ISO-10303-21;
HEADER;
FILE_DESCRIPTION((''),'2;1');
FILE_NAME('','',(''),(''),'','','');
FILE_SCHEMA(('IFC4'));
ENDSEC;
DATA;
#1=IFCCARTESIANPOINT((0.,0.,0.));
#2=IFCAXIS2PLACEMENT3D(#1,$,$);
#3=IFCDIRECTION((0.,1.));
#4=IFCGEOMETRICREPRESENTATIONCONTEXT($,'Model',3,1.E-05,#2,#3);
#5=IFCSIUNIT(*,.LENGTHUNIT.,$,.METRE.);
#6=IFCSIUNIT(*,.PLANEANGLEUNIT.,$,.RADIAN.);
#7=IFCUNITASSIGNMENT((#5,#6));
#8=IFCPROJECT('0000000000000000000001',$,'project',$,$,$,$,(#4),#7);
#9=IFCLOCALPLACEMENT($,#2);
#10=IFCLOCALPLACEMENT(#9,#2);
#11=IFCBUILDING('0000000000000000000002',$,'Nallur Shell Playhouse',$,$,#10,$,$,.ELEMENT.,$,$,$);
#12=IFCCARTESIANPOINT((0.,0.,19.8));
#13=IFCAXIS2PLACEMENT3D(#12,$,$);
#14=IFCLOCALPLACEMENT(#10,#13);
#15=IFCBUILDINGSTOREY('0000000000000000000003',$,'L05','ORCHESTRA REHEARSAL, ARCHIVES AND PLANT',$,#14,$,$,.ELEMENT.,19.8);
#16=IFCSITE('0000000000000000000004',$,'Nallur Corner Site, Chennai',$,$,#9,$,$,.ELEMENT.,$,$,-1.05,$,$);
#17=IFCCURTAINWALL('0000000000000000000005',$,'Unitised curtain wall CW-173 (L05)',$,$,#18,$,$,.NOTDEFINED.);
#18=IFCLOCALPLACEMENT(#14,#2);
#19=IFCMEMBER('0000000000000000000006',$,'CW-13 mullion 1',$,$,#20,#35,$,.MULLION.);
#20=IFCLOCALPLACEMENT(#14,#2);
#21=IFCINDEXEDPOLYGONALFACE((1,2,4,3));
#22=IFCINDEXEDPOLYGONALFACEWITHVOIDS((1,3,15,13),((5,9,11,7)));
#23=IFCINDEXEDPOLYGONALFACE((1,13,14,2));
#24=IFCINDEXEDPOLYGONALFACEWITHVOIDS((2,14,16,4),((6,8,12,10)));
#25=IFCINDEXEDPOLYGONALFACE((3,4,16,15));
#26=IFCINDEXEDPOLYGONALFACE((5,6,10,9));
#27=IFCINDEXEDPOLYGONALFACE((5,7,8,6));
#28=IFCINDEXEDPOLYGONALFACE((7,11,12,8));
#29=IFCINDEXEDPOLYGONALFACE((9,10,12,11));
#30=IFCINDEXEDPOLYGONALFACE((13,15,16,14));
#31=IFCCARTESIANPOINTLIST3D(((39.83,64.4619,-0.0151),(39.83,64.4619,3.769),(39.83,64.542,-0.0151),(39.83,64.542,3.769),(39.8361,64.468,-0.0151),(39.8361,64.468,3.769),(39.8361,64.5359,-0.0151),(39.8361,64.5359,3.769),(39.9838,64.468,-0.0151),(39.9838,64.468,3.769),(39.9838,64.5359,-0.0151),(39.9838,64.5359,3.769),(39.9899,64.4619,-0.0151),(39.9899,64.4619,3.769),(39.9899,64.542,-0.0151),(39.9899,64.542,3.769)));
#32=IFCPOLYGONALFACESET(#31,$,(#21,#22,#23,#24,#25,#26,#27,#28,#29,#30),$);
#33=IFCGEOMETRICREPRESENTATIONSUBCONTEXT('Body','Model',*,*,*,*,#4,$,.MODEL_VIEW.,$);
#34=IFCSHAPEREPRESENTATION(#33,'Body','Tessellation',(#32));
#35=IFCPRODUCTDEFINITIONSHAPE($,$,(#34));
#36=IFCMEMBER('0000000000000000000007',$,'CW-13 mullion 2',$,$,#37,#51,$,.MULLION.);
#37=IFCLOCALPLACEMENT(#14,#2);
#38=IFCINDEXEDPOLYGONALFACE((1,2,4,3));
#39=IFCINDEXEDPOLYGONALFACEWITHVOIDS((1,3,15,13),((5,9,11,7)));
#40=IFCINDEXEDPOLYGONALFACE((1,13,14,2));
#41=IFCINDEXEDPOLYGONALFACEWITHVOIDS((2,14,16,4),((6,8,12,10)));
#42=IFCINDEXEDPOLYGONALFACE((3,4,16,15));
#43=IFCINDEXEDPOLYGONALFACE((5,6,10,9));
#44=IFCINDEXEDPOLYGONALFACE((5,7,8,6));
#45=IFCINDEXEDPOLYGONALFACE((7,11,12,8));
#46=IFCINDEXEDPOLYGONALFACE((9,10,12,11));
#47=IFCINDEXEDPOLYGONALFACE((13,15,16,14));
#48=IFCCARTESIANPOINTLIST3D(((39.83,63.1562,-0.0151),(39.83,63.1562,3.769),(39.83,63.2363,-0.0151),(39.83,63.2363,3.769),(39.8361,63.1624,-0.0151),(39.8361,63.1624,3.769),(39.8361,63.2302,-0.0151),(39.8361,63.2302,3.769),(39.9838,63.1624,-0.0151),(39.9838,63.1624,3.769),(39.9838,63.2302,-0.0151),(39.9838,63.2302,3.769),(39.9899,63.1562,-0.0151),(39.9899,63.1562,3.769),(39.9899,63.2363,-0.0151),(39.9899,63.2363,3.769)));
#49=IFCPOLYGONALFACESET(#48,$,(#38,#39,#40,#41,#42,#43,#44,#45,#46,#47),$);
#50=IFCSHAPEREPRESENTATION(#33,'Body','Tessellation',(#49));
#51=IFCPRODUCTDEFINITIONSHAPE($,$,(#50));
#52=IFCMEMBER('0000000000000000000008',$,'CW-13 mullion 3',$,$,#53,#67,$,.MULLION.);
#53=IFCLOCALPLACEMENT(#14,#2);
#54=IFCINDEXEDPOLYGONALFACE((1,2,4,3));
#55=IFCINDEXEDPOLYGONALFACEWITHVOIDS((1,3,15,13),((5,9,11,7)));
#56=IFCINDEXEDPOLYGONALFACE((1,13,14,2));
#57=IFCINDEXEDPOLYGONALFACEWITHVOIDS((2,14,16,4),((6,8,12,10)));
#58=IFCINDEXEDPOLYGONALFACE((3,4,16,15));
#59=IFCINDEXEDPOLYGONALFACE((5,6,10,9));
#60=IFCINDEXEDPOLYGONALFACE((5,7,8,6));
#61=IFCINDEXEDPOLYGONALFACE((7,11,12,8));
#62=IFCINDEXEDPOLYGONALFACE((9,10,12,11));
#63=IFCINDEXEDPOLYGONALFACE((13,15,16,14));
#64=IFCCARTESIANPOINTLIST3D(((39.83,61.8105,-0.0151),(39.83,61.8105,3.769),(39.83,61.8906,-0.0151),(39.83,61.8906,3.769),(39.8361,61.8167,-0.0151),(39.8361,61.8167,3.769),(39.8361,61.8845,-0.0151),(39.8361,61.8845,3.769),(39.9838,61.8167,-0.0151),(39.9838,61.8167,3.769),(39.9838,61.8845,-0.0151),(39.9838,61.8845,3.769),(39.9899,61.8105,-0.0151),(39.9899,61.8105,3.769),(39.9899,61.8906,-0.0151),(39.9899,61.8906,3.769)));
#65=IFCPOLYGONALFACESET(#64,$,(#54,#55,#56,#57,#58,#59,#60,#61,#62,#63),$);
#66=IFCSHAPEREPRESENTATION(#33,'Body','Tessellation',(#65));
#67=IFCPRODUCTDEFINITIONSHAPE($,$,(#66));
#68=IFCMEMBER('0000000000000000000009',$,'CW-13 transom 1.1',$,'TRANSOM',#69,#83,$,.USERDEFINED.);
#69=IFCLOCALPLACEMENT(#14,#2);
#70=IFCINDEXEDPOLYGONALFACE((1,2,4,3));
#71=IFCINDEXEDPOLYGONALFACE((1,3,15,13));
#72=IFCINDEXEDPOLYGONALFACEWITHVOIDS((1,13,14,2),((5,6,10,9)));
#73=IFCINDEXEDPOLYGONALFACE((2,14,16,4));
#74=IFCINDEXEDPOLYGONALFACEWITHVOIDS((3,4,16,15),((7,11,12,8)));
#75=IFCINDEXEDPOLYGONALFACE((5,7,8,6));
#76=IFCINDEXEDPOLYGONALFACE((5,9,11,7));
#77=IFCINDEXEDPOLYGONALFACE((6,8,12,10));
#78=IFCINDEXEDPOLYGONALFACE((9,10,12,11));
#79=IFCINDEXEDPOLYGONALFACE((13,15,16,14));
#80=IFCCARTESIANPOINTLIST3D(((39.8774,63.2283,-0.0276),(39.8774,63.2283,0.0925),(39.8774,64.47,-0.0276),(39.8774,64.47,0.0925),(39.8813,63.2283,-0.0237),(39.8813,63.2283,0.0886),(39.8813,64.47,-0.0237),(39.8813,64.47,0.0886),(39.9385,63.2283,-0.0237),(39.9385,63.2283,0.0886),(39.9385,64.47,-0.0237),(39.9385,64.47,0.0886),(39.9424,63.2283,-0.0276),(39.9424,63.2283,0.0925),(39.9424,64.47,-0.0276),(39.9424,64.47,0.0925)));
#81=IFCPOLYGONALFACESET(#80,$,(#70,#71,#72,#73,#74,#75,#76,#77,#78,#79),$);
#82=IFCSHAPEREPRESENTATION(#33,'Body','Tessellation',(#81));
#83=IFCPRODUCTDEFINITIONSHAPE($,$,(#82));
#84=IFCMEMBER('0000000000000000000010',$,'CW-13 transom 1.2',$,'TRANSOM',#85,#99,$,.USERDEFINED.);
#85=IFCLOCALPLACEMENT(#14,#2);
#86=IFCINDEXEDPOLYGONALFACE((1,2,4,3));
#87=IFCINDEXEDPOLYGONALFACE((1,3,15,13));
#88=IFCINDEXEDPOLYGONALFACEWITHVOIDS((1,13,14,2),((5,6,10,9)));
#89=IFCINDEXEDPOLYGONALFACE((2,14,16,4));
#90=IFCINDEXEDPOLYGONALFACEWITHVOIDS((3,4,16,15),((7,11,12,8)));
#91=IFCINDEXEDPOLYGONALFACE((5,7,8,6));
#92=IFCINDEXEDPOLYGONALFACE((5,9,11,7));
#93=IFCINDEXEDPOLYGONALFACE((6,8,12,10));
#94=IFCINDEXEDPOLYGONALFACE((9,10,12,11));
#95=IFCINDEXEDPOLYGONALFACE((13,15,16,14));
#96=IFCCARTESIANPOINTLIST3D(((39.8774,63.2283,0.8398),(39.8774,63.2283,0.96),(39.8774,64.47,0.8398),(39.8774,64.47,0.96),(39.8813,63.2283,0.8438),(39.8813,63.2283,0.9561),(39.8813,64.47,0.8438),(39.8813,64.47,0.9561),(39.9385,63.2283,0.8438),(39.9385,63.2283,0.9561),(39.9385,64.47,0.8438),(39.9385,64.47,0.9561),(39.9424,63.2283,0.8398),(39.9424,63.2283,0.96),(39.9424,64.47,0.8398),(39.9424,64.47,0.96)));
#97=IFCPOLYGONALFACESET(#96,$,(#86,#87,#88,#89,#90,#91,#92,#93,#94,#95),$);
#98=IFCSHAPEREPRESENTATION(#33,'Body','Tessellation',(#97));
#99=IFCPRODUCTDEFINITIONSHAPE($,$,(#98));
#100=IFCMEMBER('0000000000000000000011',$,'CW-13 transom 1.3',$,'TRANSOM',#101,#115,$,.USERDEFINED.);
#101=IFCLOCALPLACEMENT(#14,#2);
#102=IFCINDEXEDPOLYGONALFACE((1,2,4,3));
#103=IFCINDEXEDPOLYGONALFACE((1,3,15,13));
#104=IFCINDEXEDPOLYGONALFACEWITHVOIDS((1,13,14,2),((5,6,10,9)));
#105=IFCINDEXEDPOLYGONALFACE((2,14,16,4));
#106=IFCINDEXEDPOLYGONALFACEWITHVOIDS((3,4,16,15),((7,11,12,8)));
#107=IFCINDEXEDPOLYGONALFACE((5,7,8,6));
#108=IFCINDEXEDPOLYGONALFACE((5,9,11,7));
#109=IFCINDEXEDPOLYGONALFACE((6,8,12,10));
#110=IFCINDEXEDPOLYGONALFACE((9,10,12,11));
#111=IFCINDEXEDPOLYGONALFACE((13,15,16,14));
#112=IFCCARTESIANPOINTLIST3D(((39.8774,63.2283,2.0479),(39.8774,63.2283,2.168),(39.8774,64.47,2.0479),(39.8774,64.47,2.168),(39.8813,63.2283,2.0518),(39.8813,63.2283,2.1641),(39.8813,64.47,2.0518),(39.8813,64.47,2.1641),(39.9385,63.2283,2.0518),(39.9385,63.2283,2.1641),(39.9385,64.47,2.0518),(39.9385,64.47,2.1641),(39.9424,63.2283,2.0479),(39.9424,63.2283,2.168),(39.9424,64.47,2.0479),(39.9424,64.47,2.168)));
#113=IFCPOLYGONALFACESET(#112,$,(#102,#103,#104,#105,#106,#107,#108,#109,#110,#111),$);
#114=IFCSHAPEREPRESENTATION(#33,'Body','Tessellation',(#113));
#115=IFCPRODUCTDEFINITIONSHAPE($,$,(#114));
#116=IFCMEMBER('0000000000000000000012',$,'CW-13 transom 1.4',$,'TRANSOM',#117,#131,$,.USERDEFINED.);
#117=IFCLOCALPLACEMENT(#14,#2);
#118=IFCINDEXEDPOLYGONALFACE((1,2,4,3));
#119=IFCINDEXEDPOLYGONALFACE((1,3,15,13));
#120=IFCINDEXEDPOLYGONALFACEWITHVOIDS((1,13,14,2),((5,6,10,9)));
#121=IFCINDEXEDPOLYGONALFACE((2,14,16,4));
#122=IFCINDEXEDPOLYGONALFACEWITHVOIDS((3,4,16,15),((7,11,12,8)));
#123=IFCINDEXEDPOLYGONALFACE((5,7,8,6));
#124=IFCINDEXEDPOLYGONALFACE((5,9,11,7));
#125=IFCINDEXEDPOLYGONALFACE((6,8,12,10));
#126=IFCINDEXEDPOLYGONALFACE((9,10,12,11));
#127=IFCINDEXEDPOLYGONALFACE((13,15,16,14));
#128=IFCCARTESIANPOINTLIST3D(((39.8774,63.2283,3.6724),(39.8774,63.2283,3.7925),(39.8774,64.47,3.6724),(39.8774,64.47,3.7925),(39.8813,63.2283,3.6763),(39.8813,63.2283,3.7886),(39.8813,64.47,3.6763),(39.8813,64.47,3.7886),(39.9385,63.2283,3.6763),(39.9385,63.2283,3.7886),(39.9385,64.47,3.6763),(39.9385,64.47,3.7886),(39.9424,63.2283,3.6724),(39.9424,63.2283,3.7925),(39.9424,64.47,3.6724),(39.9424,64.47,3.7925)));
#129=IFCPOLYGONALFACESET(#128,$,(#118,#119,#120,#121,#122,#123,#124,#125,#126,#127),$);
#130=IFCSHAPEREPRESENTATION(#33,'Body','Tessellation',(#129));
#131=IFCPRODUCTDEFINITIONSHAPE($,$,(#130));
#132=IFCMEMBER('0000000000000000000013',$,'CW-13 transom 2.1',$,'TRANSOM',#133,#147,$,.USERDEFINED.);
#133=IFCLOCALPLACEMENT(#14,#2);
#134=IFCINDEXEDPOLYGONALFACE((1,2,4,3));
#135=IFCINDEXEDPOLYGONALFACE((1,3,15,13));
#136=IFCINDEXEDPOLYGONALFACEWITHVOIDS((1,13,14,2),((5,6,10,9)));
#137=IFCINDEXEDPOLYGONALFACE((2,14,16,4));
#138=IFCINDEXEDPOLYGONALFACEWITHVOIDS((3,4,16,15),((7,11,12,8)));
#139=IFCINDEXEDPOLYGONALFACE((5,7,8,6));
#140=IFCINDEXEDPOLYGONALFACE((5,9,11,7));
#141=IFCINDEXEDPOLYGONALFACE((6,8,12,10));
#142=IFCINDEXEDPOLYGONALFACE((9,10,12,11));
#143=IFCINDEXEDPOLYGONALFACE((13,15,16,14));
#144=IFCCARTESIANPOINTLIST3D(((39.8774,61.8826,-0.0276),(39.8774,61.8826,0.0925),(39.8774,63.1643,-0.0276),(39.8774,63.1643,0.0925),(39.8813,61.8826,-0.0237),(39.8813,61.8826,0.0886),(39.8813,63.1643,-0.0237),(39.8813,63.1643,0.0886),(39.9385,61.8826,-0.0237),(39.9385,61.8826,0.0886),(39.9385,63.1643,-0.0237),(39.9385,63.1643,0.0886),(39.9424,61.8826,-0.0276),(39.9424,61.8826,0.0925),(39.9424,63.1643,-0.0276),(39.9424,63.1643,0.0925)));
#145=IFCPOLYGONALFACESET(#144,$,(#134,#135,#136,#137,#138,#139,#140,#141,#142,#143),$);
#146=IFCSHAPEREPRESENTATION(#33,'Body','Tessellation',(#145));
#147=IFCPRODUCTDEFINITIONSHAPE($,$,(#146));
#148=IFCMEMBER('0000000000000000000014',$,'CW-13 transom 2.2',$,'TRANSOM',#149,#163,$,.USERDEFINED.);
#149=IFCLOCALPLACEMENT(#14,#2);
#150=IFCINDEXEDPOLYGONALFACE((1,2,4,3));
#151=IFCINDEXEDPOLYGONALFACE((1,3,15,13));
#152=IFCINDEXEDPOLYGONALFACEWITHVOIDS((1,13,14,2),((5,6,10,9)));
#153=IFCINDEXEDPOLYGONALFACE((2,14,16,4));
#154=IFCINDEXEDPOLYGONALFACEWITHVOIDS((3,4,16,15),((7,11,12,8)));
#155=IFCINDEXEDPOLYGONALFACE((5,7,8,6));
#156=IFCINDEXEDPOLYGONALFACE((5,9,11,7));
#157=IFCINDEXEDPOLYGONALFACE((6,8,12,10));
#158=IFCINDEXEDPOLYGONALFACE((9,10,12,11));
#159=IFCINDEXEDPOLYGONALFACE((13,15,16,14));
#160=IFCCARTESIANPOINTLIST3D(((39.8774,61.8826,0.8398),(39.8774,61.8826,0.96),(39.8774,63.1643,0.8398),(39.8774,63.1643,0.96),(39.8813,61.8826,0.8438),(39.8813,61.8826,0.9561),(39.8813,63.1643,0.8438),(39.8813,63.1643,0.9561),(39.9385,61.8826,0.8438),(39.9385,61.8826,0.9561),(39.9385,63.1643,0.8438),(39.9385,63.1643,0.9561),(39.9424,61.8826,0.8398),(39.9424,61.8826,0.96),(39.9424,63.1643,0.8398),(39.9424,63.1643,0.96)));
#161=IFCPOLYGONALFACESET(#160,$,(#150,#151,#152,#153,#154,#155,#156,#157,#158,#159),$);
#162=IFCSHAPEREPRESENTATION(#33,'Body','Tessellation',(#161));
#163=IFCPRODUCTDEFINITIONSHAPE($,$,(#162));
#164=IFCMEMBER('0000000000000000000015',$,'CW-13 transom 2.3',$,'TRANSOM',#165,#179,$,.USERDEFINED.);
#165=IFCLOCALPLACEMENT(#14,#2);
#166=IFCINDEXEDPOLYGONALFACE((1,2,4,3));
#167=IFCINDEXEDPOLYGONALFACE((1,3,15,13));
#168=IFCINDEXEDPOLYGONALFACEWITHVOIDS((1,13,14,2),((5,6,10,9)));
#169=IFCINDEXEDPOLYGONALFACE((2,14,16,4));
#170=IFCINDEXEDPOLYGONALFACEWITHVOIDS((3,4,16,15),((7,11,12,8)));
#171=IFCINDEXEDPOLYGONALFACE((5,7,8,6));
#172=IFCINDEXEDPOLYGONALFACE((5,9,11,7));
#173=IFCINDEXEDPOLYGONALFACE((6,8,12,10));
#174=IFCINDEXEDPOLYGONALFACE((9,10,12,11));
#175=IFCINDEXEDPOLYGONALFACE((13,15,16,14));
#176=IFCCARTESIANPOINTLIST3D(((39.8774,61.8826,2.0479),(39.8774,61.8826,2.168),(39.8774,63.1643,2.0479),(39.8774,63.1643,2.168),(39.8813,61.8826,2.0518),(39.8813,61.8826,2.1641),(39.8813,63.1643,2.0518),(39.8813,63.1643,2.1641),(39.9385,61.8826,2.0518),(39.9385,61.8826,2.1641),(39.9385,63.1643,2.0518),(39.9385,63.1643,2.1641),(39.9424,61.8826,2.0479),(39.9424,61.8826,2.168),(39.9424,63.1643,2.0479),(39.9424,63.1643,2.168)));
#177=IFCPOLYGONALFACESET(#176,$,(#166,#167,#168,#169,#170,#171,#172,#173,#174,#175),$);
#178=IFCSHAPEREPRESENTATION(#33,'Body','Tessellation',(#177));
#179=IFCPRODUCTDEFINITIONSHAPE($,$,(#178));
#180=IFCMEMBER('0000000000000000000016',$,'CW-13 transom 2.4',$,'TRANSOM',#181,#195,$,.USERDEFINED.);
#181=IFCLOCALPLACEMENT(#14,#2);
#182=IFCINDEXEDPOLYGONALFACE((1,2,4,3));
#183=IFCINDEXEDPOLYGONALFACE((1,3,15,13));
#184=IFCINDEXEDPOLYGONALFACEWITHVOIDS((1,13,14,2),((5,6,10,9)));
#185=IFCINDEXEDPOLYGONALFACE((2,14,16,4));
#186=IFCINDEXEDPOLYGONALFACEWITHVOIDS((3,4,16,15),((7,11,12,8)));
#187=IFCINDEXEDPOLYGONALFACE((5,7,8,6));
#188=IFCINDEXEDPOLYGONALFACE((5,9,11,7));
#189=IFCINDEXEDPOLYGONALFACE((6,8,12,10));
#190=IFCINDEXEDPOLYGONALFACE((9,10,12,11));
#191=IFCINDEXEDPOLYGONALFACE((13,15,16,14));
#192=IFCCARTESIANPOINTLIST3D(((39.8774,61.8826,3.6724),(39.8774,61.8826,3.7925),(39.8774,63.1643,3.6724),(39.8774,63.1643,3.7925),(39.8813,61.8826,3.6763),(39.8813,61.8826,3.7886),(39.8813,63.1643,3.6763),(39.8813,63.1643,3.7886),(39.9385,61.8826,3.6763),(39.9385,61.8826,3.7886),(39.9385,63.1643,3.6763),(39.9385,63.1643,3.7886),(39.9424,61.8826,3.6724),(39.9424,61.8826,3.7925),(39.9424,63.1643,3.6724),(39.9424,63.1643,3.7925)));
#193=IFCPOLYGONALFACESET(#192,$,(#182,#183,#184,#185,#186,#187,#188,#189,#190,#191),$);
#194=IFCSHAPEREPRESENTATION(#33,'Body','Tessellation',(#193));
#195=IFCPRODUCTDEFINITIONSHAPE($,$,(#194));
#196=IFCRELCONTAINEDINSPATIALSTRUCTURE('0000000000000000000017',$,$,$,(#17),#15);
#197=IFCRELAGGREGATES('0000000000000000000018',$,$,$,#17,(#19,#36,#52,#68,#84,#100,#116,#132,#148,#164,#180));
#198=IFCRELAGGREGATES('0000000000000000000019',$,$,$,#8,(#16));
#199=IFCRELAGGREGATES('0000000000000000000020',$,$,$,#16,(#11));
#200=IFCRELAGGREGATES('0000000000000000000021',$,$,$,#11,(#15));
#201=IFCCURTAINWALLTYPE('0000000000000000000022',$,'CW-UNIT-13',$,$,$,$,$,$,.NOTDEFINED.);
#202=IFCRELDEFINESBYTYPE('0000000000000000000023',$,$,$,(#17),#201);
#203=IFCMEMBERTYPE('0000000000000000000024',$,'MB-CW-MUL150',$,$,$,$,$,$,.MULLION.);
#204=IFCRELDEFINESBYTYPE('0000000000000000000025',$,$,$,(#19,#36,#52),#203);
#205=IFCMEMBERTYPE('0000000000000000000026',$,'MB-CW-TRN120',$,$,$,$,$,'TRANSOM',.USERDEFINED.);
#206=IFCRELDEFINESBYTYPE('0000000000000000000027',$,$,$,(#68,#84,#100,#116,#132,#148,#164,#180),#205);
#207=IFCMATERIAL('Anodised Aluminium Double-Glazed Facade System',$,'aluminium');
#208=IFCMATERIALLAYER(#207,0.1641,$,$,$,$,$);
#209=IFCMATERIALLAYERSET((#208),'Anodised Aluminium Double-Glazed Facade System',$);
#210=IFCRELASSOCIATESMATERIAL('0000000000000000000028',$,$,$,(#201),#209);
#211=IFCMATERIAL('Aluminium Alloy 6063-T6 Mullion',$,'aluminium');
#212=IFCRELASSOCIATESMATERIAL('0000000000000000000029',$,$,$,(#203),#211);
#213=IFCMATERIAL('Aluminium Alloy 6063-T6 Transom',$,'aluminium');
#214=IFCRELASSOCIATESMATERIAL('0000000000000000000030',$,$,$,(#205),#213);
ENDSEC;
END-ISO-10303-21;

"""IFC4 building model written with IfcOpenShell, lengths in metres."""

from ifc_helpers import new_model, si_unit, direction, frame, origin, origin_2d, place, context, subcontext, project, spatial, hollow_rectangle, extrude, material, layer, layer_set, material_profile, profile_set, type_object, element, aggregate, save


model = new_model("IFC4")

# Units and contexts
model_context = context("Model", 3, precision=1e-05, world=origin(), true_north=direction((0.0, 1.0)))
body_context = subcontext(model_context, "Body", "Model", "MODEL_VIEW")
ifc_project = project(units=[si_unit("LENGTHUNIT", "METRE"), si_unit("PLANEANGLEUNIT", "RADIAN")], contexts=[model_context])

# Site, building, storey
site_placement = place(None, origin())
site = spatial("IfcSite", under=ifc_project, at=site_placement, Name="Nallur Corner Site, Chennai", CompositionType="ELEMENT", RefElevation=-1.05)
building_placement = place(site_placement, origin())
building = spatial("IfcBuilding", under=site, at=building_placement, Name="Nallur Shell Playhouse", CompositionType="ELEMENT")
storey_placement = place(building_placement, frame((0.0, 0.0, 19.8)))
storey = spatial("IfcBuildingStorey", under=building, at=storey_placement, Name="L05", Description="ORCHESTRA REHEARSAL, ARCHIVES AND PLANT", CompositionType="ELEMENT", Elevation=19.8)

# Curtain wall, members
ifc_material_1 = material(Name="Anodised Aluminium Double-Glazed Facade System", Category="aluminium")
ifc_layer_1 = layer(ifc_material_1, 0.1641)
ifc_layer_set_1 = layer_set([ifc_layer_1], Name="Anodised Aluminium Double-Glazed Facade System")
curtain_wall_type = type_object("IfcCurtainWallType", Name="CW-UNIT-13", PredefinedType="NOTDEFINED", material=ifc_layer_set_1)
curtain_wall_placement = place(storey_placement, origin())
curtain_wall = element("IfcCurtainWall", 1, at=curtain_wall_placement, inside=storey, type_object=curtain_wall_type, Name="Unitised curtain wall CW-173 (L05)", PredefinedType="NOTDEFINED")
ifc_material_2 = material(Name="Aluminium Alloy 6063-T6 Mullion", Category="aluminium")
ifc_material_profile_1 = material_profile(ifc_material_2, hollow_rectangle(XDim=0.0801, YDim=0.1599, WallThickness=0.0061, at=origin_2d()), Name="RHS 160x80x6")
ifc_profile_set_1 = profile_set([ifc_material_profile_1], Name="Aluminium Alloy 6063-T6 Mullion")
member_type_1 = type_object("IfcMemberType", Name="MB-CW-MUL150", PredefinedType="MULLION", material=ifc_profile_set_1)
member_1_placement = place(storey_placement, frame((39.9099, 64.502, -0.0151), z_axis=(0.0, 0.0, 1.0), x_axis=(0.0, -1.0, 0.0)))
member_1 = element("IfcMember", 2, at=member_1_placement, type_object=member_type_1, Name="CW-13 mullion 1", PredefinedType="MULLION", context=body_context, shape_type="SweptSolid", body=[
    extrude(hollow_rectangle(XDim=0.0801, YDim=0.1599, WallThickness=0.0061, at=origin_2d()), origin(), (0.0, 0.0, 1.0), 3.7842),
])
member_2_placement = place(storey_placement, frame((39.9099, 63.1963, -0.0151), z_axis=(0.0, 0.0, 1.0), x_axis=(0.0, -1.0, 0.0)))
member_2 = element("IfcMember", 3, at=member_2_placement, type_object=member_type_1, Name="CW-13 mullion 2", PredefinedType="MULLION", context=body_context, shape_type="SweptSolid", body=[
    extrude(hollow_rectangle(XDim=0.0801, YDim=0.1599, WallThickness=0.0061, at=origin_2d()), origin(), (0.0, 0.0, 1.0), 3.7842),
])
member_3_placement = place(storey_placement, frame((39.9099, 61.8506, -0.0151), z_axis=(0.0, 0.0, 1.0), x_axis=(0.0, -1.0, 0.0)))
member_3 = element("IfcMember", 4, at=member_3_placement, type_object=member_type_1, Name="CW-13 mullion 3", PredefinedType="MULLION", context=body_context, shape_type="SweptSolid", body=[
    extrude(hollow_rectangle(XDim=0.0801, YDim=0.1599, WallThickness=0.0061, at=origin_2d()), origin(), (0.0, 0.0, 1.0), 3.7842),
])
ifc_material_3 = material(Name="Aluminium Alloy 6063-T6 Transom", Category="aluminium")
ifc_material_profile_2 = material_profile(ifc_material_3, hollow_rectangle(XDim=0.0649, YDim=0.1201, WallThickness=0.0039, at=origin_2d()), Name="ALU 65x120x4")
ifc_profile_set_2 = profile_set([ifc_material_profile_2], Name="Aluminium Alloy 6063-T6 Transom")
member_type_2 = type_object("IfcMemberType", Name="MB-CW-TRN120", ElementType="TRANSOM", PredefinedType="USERDEFINED", material=ifc_profile_set_2)
member_4_placement = place(storey_placement, frame((39.9099, 64.47, 0.0325), z_axis=(0.0, -1.0, 0.0), x_axis=(1.0, 0.0, 0.0)))
member_4 = element("IfcMember", 5, at=member_4_placement, type_object=member_type_2, Name="CW-13 transom 1.1", ObjectType="TRANSOM", PredefinedType="USERDEFINED", context=body_context, shape_type="SweptSolid", body=[
    extrude(hollow_rectangle(XDim=0.0649, YDim=0.1201, WallThickness=0.0039, at=origin_2d()), origin(), (0.0, 0.0, 1.0), 1.2417),
])
member_5_placement = place(storey_placement, frame((39.9099, 64.47, 0.8999), z_axis=(0.0, -1.0, 0.0), x_axis=(1.0, 0.0, 0.0)))
member_5 = element("IfcMember", 6, at=member_5_placement, type_object=member_type_2, Name="CW-13 transom 1.2", ObjectType="TRANSOM", PredefinedType="USERDEFINED", context=body_context, shape_type="SweptSolid", body=[
    extrude(hollow_rectangle(XDim=0.0649, YDim=0.1201, WallThickness=0.0039, at=origin_2d()), origin(), (0.0, 0.0, 1.0), 1.2417),
])
member_6_placement = place(storey_placement, frame((39.9099, 64.47, 2.1079), z_axis=(0.0, -1.0, 0.0), x_axis=(1.0, 0.0, 0.0)))
member_6 = element("IfcMember", 7, at=member_6_placement, type_object=member_type_2, Name="CW-13 transom 1.3", ObjectType="TRANSOM", PredefinedType="USERDEFINED", context=body_context, shape_type="SweptSolid", body=[
    extrude(hollow_rectangle(XDim=0.0649, YDim=0.1201, WallThickness=0.0039, at=origin_2d()), origin(), (0.0, 0.0, 1.0), 1.2417),
])
member_7_placement = place(storey_placement, frame((39.9099, 64.47, 3.7324), z_axis=(0.0, -1.0, 0.0), x_axis=(1.0, 0.0, 0.0)))
member_7 = element("IfcMember", 8, at=member_7_placement, type_object=member_type_2, Name="CW-13 transom 1.4", ObjectType="TRANSOM", PredefinedType="USERDEFINED", context=body_context, shape_type="SweptSolid", body=[
    extrude(hollow_rectangle(XDim=0.0649, YDim=0.1201, WallThickness=0.0039, at=origin_2d()), origin(), (0.0, 0.0, 1.0), 1.2417),
])
member_8_placement = place(storey_placement, frame((39.9099, 63.1643, 0.0325), z_axis=(0.0, -1.0, 0.0), x_axis=(1.0, 0.0, 0.0)))
member_8 = element("IfcMember", 9, at=member_8_placement, type_object=member_type_2, Name="CW-13 transom 2.1", ObjectType="TRANSOM", PredefinedType="USERDEFINED", context=body_context, shape_type="SweptSolid", body=[
    extrude(hollow_rectangle(XDim=0.0649, YDim=0.1201, WallThickness=0.0039, at=origin_2d()), origin(), (0.0, 0.0, 1.0), 1.2817),
])
member_9_placement = place(storey_placement, frame((39.9099, 63.1643, 0.8999), z_axis=(0.0, -1.0, 0.0), x_axis=(1.0, 0.0, 0.0)))
member_9 = element("IfcMember", 10, at=member_9_placement, type_object=member_type_2, Name="CW-13 transom 2.2", ObjectType="TRANSOM", PredefinedType="USERDEFINED", context=body_context, shape_type="SweptSolid", body=[
    extrude(hollow_rectangle(XDim=0.0649, YDim=0.1201, WallThickness=0.0039, at=origin_2d()), origin(), (0.0, 0.0, 1.0), 1.2817),
])
member_10_placement = place(storey_placement, frame((39.9099, 63.1643, 2.1079), z_axis=(0.0, -1.0, 0.0), x_axis=(1.0, 0.0, 0.0)))
member_10 = element("IfcMember", 11, at=member_10_placement, type_object=member_type_2, Name="CW-13 transom 2.3", ObjectType="TRANSOM", PredefinedType="USERDEFINED", context=body_context, shape_type="SweptSolid", body=[
    extrude(hollow_rectangle(XDim=0.0649, YDim=0.1201, WallThickness=0.0039, at=origin_2d()), origin(), (0.0, 0.0, 1.0), 1.2817),
])
member_11_placement = place(storey_placement, frame((39.9099, 63.1643, 3.7324), z_axis=(0.0, -1.0, 0.0), x_axis=(1.0, 0.0, 0.0)))
member_11 = element("IfcMember", 12, at=member_11_placement, type_object=member_type_2, Name="CW-13 transom 2.4", ObjectType="TRANSOM", PredefinedType="USERDEFINED", context=body_context, shape_type="SweptSolid", body=[
    extrude(hollow_rectangle(XDim=0.0649, YDim=0.1201, WallThickness=0.0039, at=origin_2d()), origin(), (0.0, 0.0, 1.0), 1.2817),
])
aggregate(curtain_wall, [member_1, member_2, member_3, member_4, member_5, member_6, member_7, member_8, member_9, member_10, member_11])

save(model, "model.ifc")
